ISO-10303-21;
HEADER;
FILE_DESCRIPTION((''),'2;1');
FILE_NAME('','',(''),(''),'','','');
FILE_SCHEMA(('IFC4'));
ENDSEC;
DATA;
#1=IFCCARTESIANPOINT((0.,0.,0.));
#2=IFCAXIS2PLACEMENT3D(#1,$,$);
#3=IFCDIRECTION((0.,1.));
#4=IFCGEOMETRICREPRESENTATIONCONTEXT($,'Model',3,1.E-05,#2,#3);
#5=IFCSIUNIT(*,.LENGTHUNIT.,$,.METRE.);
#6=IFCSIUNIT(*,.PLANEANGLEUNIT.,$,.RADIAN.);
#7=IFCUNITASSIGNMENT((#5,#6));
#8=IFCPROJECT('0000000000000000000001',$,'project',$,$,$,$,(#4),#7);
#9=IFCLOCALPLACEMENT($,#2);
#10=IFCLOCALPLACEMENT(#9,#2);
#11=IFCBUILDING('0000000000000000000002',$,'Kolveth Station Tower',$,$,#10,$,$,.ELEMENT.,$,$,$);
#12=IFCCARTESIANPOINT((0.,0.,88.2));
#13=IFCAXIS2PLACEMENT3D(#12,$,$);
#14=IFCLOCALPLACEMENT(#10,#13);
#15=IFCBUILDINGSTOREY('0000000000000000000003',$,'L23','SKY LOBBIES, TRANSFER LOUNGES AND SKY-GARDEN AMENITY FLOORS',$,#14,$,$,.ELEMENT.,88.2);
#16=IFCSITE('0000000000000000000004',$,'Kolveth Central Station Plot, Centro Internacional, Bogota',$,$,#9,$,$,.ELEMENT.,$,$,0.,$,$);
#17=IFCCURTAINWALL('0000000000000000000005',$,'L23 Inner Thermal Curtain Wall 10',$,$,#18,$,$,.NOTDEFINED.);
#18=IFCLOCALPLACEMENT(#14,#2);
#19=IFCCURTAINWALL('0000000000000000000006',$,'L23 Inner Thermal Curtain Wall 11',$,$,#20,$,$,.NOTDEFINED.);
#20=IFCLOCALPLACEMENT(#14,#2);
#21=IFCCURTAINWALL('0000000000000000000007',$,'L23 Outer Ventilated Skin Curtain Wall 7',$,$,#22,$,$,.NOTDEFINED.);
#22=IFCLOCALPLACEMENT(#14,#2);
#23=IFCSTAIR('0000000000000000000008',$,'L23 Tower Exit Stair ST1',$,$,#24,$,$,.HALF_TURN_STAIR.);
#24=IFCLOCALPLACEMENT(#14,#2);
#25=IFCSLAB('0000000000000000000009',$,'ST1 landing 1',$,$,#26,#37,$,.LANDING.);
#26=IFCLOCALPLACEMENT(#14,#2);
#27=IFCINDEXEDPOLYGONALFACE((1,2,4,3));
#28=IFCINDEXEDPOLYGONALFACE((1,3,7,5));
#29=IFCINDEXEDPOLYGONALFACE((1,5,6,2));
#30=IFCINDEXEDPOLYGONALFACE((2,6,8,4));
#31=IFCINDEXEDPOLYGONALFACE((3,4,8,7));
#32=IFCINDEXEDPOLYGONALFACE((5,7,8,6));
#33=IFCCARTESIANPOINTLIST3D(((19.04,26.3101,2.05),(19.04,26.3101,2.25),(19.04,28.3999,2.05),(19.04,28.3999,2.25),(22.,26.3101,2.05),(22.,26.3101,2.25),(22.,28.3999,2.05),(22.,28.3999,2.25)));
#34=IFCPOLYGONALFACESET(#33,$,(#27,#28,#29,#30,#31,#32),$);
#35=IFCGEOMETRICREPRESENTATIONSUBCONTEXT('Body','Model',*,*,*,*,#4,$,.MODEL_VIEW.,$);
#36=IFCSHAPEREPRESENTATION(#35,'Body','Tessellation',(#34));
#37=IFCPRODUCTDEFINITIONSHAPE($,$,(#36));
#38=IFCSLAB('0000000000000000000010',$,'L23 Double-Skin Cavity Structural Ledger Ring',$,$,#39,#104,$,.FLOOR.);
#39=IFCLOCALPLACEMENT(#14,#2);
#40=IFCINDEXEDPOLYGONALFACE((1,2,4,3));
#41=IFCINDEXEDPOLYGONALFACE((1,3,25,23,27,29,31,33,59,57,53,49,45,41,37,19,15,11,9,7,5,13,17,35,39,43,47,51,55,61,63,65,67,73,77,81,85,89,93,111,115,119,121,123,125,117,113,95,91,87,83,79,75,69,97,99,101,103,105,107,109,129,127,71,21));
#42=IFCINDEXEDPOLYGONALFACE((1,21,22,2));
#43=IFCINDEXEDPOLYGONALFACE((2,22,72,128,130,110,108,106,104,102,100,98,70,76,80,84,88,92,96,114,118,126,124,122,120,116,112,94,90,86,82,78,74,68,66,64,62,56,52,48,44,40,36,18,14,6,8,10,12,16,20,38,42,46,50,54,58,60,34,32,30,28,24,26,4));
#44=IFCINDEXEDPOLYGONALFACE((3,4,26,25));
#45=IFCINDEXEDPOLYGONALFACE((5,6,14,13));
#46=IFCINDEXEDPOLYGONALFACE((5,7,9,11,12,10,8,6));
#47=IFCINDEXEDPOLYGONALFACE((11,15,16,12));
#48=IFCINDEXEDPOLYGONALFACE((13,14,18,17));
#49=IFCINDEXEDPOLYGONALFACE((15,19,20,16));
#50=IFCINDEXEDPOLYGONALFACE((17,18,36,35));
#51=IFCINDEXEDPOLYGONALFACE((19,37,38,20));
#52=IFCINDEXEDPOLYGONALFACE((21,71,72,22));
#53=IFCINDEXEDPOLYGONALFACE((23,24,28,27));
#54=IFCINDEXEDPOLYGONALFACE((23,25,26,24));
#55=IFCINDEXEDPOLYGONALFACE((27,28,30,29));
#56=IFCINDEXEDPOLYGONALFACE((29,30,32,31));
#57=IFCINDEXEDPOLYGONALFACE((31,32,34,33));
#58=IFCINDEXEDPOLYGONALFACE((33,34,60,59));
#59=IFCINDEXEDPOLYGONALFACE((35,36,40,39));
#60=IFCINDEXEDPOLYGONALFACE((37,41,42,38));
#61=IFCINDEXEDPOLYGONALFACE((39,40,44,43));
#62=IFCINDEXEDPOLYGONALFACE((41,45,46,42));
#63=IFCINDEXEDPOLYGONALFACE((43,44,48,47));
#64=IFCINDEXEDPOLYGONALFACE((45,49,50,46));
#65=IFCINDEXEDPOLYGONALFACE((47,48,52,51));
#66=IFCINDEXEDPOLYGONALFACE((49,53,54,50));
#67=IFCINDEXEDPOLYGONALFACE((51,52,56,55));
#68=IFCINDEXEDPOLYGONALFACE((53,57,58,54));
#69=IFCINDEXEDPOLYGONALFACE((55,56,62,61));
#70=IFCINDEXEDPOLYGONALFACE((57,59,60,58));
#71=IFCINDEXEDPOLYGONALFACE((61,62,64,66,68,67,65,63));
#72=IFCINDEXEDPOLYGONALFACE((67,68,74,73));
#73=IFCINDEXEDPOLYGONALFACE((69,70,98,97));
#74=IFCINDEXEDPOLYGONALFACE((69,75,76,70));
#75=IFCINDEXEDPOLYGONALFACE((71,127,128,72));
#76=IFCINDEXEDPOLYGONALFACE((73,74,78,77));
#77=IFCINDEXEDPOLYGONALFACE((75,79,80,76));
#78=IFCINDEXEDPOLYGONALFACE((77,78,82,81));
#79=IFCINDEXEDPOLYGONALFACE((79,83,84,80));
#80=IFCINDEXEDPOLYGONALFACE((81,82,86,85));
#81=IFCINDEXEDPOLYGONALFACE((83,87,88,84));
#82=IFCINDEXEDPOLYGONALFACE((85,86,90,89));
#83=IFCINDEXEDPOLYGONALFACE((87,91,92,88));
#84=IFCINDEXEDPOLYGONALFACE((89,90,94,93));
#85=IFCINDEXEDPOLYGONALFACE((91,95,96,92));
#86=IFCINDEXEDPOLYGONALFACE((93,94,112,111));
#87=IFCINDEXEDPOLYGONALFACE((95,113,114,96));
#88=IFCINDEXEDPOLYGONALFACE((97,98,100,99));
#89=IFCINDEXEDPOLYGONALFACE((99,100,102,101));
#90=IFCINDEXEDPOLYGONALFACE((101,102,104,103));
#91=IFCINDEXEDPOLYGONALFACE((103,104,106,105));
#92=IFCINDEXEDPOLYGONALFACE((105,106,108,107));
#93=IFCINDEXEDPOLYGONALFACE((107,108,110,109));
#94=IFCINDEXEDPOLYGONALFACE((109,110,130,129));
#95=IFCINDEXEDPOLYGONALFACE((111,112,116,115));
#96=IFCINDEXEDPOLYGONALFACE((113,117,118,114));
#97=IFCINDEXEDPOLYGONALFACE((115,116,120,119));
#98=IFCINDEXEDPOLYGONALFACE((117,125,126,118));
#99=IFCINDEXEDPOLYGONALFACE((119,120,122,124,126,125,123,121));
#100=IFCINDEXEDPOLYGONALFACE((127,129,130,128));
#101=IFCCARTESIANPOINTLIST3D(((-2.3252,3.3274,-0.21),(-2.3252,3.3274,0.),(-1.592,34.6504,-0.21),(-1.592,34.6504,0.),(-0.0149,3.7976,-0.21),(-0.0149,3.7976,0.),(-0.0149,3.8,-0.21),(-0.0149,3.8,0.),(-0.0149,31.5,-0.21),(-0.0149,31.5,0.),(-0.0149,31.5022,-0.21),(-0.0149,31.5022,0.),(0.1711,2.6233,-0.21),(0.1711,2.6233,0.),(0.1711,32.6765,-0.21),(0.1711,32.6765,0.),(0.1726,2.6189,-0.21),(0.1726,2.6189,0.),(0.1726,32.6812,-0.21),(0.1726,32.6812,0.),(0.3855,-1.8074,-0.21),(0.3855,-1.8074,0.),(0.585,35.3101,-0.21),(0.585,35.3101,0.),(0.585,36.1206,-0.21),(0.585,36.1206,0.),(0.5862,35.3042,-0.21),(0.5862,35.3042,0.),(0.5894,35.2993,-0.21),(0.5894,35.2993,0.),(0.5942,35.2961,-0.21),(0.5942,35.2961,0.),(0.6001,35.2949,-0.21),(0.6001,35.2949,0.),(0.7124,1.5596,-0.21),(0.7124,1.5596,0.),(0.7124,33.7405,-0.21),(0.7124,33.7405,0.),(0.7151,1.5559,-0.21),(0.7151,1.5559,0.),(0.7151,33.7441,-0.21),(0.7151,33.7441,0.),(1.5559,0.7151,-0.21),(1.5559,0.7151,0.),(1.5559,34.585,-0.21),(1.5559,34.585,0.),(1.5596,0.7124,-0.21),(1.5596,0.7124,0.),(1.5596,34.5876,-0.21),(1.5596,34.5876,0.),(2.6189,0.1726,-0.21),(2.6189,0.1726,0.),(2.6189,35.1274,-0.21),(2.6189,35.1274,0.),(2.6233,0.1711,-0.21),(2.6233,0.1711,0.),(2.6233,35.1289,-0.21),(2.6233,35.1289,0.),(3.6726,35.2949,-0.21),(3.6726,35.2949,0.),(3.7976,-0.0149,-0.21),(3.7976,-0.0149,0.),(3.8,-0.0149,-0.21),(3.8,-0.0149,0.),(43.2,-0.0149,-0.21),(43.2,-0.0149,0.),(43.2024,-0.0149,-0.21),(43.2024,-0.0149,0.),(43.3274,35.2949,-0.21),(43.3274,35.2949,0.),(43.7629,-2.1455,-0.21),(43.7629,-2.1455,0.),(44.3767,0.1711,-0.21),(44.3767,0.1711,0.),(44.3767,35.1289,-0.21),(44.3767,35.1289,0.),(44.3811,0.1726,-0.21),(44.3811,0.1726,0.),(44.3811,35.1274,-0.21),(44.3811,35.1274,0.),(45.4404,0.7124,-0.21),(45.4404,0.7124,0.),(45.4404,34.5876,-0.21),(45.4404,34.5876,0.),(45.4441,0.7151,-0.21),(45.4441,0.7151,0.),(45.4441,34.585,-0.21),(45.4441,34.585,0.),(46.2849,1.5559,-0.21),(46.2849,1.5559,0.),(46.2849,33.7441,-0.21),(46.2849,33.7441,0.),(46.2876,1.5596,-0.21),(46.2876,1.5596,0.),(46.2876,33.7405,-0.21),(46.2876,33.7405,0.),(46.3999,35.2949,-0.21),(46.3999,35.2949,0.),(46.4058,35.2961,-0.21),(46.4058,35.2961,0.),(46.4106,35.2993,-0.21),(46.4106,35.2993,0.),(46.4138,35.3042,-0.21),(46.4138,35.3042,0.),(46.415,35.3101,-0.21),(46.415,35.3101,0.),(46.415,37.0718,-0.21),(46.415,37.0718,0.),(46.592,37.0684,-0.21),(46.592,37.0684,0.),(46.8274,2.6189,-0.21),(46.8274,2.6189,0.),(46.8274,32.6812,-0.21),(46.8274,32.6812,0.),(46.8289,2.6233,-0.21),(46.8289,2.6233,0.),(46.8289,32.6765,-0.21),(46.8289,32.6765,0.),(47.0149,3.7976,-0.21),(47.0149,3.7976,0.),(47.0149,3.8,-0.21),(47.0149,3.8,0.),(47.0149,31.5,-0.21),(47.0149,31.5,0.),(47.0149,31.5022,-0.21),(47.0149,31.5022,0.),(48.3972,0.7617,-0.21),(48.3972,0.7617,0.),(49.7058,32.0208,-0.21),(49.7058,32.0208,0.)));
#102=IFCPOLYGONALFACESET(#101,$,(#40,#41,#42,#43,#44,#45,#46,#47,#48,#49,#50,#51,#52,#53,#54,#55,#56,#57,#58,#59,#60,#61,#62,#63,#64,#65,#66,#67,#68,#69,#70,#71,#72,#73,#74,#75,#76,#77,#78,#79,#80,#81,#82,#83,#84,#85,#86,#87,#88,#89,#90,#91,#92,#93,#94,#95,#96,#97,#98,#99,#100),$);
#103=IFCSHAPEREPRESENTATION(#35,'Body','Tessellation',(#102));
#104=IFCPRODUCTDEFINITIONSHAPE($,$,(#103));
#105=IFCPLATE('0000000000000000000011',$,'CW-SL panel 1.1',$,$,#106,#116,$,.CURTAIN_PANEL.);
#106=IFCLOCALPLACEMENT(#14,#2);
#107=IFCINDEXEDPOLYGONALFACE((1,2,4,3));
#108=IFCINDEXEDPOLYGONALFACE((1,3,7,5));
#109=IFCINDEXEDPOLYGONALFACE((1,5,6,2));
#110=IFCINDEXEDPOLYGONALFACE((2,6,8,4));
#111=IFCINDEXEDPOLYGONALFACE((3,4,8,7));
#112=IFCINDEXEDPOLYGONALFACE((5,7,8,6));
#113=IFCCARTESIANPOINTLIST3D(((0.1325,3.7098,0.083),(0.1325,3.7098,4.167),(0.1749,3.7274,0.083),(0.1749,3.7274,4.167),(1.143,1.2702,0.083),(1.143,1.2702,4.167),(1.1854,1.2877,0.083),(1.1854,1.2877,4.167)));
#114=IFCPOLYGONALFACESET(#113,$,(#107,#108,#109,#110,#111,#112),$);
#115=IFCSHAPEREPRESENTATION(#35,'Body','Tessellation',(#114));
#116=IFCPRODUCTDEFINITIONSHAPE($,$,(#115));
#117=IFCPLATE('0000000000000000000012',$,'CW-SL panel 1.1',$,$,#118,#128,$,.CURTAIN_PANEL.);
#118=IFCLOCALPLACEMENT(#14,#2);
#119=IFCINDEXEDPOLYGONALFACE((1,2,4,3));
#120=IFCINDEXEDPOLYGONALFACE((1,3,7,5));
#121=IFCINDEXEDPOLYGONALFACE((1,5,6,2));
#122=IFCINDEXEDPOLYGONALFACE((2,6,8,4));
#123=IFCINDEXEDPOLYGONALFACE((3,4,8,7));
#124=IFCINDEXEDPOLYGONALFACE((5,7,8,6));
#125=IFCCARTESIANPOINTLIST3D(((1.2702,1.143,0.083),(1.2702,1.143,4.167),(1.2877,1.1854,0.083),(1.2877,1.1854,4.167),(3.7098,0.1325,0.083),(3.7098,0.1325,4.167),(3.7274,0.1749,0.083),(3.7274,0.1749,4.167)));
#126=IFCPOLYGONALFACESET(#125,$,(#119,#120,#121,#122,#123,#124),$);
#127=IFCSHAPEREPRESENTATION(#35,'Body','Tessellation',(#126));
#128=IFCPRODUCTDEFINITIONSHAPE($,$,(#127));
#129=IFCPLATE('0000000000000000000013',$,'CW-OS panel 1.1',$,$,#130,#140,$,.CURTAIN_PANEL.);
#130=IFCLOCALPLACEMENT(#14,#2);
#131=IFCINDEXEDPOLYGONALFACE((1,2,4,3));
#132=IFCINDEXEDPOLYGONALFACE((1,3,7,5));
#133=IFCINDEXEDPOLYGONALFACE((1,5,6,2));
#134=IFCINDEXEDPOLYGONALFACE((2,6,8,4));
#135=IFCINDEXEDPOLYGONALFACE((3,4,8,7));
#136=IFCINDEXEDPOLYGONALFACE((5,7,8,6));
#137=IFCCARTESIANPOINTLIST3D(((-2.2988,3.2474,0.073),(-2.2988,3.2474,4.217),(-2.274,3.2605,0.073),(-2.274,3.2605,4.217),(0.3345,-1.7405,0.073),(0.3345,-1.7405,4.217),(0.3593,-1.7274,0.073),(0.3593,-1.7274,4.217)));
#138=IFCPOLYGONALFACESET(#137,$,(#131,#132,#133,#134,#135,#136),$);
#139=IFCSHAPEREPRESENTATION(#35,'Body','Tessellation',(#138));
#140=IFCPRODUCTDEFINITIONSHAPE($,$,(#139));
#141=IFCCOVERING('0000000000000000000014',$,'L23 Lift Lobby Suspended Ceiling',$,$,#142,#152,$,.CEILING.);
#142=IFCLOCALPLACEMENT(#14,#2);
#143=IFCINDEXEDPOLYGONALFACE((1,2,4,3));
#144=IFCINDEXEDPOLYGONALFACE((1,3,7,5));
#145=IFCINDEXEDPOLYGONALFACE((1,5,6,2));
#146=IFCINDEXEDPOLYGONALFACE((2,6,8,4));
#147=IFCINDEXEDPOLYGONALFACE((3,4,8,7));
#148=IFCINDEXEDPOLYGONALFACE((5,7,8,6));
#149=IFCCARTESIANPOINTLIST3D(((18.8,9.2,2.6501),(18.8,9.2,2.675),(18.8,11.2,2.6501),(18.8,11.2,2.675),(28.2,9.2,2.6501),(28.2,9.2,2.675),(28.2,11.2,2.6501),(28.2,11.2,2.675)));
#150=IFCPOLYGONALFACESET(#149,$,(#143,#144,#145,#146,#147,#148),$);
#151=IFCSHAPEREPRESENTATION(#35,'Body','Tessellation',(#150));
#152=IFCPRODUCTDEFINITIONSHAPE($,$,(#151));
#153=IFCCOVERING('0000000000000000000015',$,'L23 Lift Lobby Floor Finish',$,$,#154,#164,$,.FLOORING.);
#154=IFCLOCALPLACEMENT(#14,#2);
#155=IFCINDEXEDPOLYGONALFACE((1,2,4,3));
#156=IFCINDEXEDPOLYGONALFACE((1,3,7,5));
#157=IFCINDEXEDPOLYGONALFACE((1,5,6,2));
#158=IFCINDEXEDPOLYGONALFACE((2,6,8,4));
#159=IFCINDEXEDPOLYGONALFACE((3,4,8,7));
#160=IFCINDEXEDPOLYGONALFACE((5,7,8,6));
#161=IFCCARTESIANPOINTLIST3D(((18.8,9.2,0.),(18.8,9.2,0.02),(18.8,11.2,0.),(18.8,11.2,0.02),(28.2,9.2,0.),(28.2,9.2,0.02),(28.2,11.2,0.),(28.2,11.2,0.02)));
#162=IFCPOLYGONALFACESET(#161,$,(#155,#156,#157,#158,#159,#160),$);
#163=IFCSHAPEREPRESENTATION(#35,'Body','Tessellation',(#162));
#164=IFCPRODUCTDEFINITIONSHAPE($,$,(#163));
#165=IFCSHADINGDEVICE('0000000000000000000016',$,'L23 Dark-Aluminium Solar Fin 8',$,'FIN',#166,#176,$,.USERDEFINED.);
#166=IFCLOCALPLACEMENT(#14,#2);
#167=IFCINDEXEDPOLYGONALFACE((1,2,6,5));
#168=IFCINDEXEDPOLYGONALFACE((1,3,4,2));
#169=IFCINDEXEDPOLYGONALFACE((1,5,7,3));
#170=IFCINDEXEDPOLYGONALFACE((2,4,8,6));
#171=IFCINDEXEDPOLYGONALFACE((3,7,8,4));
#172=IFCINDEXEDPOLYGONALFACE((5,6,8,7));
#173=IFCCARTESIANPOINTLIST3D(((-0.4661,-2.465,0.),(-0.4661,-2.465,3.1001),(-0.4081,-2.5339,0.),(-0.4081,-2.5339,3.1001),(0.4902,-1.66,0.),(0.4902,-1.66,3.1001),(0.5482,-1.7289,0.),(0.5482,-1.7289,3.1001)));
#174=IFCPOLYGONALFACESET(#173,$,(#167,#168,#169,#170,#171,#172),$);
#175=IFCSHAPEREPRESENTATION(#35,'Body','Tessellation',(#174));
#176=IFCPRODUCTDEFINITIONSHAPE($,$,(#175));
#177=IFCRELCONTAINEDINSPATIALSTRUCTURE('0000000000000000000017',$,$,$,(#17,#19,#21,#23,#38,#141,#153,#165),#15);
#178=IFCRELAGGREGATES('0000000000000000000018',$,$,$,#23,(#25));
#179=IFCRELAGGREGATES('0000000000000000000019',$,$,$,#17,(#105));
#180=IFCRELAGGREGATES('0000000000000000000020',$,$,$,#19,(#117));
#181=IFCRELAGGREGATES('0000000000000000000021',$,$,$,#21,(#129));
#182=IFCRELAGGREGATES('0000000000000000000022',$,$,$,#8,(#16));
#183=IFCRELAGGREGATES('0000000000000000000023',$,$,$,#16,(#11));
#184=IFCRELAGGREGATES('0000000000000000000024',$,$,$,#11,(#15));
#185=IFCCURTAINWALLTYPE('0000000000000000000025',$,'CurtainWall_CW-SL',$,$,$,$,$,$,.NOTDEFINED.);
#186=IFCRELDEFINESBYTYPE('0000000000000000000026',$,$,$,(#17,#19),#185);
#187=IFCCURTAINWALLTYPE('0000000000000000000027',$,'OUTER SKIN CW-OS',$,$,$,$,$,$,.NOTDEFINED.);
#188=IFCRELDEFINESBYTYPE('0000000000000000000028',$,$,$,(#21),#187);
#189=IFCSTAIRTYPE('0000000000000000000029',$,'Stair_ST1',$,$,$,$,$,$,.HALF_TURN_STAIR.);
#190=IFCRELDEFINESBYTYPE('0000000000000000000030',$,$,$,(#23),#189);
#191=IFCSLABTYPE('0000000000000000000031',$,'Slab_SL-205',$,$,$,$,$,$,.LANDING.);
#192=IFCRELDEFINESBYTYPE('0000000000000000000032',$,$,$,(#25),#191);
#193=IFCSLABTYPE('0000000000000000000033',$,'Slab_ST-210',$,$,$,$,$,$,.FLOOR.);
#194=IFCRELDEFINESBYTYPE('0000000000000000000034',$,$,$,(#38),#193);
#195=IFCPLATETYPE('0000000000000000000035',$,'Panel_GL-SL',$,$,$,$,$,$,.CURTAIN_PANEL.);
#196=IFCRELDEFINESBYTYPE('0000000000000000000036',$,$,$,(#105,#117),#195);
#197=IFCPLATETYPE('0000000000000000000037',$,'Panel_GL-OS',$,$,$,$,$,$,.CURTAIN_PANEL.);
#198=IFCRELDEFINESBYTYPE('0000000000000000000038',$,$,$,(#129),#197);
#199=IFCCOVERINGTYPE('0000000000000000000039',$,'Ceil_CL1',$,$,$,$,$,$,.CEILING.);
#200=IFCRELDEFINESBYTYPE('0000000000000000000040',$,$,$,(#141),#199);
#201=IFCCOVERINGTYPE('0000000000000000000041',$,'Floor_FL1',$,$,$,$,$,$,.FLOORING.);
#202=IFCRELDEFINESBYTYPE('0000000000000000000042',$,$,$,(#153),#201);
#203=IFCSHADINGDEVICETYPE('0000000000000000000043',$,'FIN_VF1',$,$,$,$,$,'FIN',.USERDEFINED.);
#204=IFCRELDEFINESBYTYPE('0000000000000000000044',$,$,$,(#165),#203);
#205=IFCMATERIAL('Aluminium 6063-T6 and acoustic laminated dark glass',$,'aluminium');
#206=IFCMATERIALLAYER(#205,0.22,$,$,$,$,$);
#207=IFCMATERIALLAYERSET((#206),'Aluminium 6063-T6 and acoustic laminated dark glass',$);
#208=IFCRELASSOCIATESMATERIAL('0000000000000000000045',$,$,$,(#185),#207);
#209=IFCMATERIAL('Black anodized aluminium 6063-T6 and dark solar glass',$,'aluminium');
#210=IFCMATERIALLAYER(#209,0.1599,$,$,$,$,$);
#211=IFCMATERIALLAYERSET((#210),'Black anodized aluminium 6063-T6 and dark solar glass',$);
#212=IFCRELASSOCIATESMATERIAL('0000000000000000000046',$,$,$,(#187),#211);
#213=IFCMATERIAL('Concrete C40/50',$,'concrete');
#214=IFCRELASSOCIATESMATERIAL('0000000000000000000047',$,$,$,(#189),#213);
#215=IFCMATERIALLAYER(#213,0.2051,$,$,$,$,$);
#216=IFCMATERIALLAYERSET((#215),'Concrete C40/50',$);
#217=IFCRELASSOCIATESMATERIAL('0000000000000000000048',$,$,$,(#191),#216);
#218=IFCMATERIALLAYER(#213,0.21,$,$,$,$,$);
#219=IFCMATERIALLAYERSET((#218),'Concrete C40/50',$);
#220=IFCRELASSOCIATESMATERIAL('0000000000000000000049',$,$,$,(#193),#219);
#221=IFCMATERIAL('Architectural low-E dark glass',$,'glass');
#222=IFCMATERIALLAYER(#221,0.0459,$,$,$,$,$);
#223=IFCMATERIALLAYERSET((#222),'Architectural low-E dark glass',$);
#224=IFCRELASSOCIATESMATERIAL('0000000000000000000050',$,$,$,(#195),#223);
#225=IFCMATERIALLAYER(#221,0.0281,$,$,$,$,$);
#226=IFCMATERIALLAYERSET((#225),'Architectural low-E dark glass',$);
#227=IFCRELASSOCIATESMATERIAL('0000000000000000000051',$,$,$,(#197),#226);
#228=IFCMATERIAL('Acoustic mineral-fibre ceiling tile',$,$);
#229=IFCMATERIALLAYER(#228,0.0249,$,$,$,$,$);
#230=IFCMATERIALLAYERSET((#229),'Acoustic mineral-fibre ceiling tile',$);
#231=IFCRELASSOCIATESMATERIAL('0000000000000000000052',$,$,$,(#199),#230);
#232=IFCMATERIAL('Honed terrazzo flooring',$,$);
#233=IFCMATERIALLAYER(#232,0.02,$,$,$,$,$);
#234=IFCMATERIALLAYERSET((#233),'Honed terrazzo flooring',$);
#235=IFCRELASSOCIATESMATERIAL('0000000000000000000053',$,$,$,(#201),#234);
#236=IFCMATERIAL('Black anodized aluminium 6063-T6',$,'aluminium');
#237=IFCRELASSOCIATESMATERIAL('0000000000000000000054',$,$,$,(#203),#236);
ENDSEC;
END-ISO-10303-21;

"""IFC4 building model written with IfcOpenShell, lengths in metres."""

from ifc_helpers import new_model, si_unit, direction, frame, origin, origin_2d, place, context, subcontext, project, spatial, polyline, rectangle, outline, extrude, source, transform, mapped, material, layer, layer_set, type_object, element, aggregate, save


model = new_model("IFC4")

# Units and contexts
model_context = context("Model", 3, precision=1e-05, world=origin(), true_north=direction((0.0, 1.0)))
body_context = subcontext(model_context, "Body", "Model", "MODEL_VIEW")
ifc_project = project(units=[si_unit("LENGTHUNIT", "METRE"), si_unit("PLANEANGLEUNIT", "RADIAN")], contexts=[model_context])

# Site, building, storey
site_placement = place(None, origin())
site = spatial("IfcSite", under=ifc_project, at=site_placement, Name="Kolveth Central Station Plot, Centro Internacional, Bogota", CompositionType="ELEMENT", RefElevation=0.0)
building_placement = place(site_placement, origin())
building = spatial("IfcBuilding", under=site, at=building_placement, Name="Kolveth Station Tower", CompositionType="ELEMENT")
storey_placement = place(building_placement, frame((0.0, 0.0, 88.2)))
storey = spatial("IfcBuildingStorey", under=building, at=storey_placement, Name="L23", Description="SKY LOBBIES, TRANSFER LOUNGES AND SKY-GARDEN AMENITY FLOORS", CompositionType="ELEMENT", Elevation=88.2)

# Curtain wall
ifc_material_1 = material(Name="Aluminium 6063-T6 and acoustic laminated dark glass", Category="aluminium")
ifc_layer_1 = layer(ifc_material_1, 0.22)
ifc_layer_set_1 = layer_set([ifc_layer_1], Name="Aluminium 6063-T6 and acoustic laminated dark glass")
curtain_wall_type_1 = type_object("IfcCurtainWallType", Name="CurtainWall_CW-SL", PredefinedType="NOTDEFINED", material=ifc_layer_set_1)
curtain_wall_1_placement = place(storey_placement, origin())
curtain_wall_1 = element("IfcCurtainWall", 1, at=curtain_wall_1_placement, inside=storey, type_object=curtain_wall_type_1, Name="L23 Inner Thermal Curtain Wall 10", PredefinedType="NOTDEFINED")
ifc_material_2 = material(Name="Black anodized aluminium 6063-T6", Category="aluminium")

# Curtain wall
curtain_wall_2_placement = place(storey_placement, origin())
curtain_wall_2 = element("IfcCurtainWall", 2, at=curtain_wall_2_placement, inside=storey, type_object=curtain_wall_type_1, Name="L23 Inner Thermal Curtain Wall 11", PredefinedType="NOTDEFINED")

# Curtain wall
ifc_material_3 = material(Name="Black anodized aluminium 6063-T6 and dark solar glass", Category="aluminium")
ifc_layer_2 = layer(ifc_material_3, 0.1599)
ifc_layer_set_2 = layer_set([ifc_layer_2], Name="Black anodized aluminium 6063-T6 and dark solar glass")
curtain_wall_type_2 = type_object("IfcCurtainWallType", Name="OUTER SKIN CW-OS", PredefinedType="NOTDEFINED", material=ifc_layer_set_2)
curtain_wall_3_placement = place(storey_placement, origin())
curtain_wall_3 = element("IfcCurtainWall", 3, at=curtain_wall_3_placement, inside=storey, type_object=curtain_wall_type_2, Name="L23 Outer Ventilated Skin Curtain Wall 7", PredefinedType="NOTDEFINED")

# Stair, slab
ifc_material_4 = material(Name="Concrete C40/50", Category="concrete")
stair_type_1 = type_object("IfcStairType", Name="Stair_ST1", PredefinedType="HALF_TURN_STAIR", material=ifc_material_4)
stair_1_placement = place(storey_placement, origin())
stair_1 = element("IfcStair", 4, at=stair_1_placement, inside=storey, type_object=stair_type_1, Name="L23 Tower Exit Stair ST1", PredefinedType="HALF_TURN_STAIR")
ifc_layer_3 = layer(ifc_material_4, 0.2051)
ifc_layer_set_3 = layer_set([ifc_layer_3], Name="Concrete C40/50")
slab_type_1 = type_object("IfcSlabType", Name="Slab_SL-205", PredefinedType="LANDING", material=ifc_layer_set_3)
slab_1_placement = place(storey_placement, frame((0.0, 0.0, 2.05)))
slab_1 = element("IfcSlab", 5, at=slab_1_placement, type_object=slab_type_1, Name="ST1 landing 1", PredefinedType="LANDING", context=body_context, shape_type="SweptSolid", body=[
    extrude(outline(polyline([(22.0, 26.3101), (22.0, 28.3999), (19.04, 28.3999), (19.04, 26.3101), (22.0, 26.3101)])), origin(), (0.0, 0.0, 1.0), 0.2),
])
aggregate(stair_1, [slab_1])

# Slab
ifc_layer_4 = layer(ifc_material_4, 0.21)
ifc_layer_set_4 = layer_set([ifc_layer_4], Name="Concrete C40/50")
slab_type_2 = type_object("IfcSlabType", Name="Slab_ST-210", PredefinedType="FLOOR", material=ifc_layer_set_4)
slab_2_placement = place(storey_placement, frame((0.0, 0.0, -0.21)))
element("IfcSlab", 6, at=slab_2_placement, inside=storey, type_object=slab_type_2, Name="L23 Double-Skin Cavity Structural Ledger Ring", PredefinedType="FLOOR", context=body_context, shape_type="SweptSolid", body=[
    extrude(outline(polyline([(46.592, 37.0684), (49.7058, 32.0208), (48.3972, 0.7617), (43.7629, -2.1455), (0.3855, -1.8074), (-2.3252, 3.3274), (-1.592, 34.6504), (0.585, 36.1206), (0.585, 35.3101), (0.5862, 35.3042), (0.5894, 35.2993), (0.5942, 35.2961), (0.6001, 35.2949), (3.6726, 35.2949), (2.6233, 35.1289), (2.6189, 35.1274), (1.5596, 34.5876), (1.5559, 34.585), (0.7151, 33.7441), (0.7124, 33.7405), (0.1726, 32.6812), (0.1711, 32.6765), (-0.0149, 31.5022), (-0.0149, 31.5), (-0.0149, 3.8), (-0.0149, 3.7976), (0.1711, 2.6233), (0.1726, 2.6189), (0.7124, 1.5596), (0.7151, 1.5559), (1.5559, 0.7151), (1.5596, 0.7124), (2.6189, 0.1726), (2.6233, 0.1711), (3.7976, -0.0149), (3.8, -0.0149), (43.2, -0.0149), (43.2024, -0.0149), (44.3767, 0.1711), (44.3811, 0.1726), (45.4404, 0.7124), (45.4441, 0.7151), (46.2849, 1.5559), (46.2876, 1.5596), (46.8274, 2.6189), (46.8289, 2.6233), (47.0149, 3.7976), (47.0149, 3.8), (47.0149, 31.5), (47.0149, 31.5022), (46.8289, 32.6765), (46.8274, 32.6812), (46.2876, 33.7405), (46.2849, 33.7441), (45.4441, 34.585), (45.4404, 34.5876), (44.3811, 35.1274), (44.3767, 35.1289), (43.3274, 35.2949), (46.3999, 35.2949), (46.4058, 35.2961), (46.4106, 35.2993), (46.4138, 35.3042), (46.415, 35.3101), (46.415, 37.0718), (46.592, 37.0684)])), origin(), (0.0, 0.0, 1.0), 0.21),
])

# Plates
ifc_material_5 = material(Name="Architectural low-E dark glass", Category="glass")
ifc_layer_5 = layer(ifc_material_5, 0.0459)
ifc_layer_set_5 = layer_set([ifc_layer_5], Name="Architectural low-E dark glass")
plate_type_1 = type_object("IfcPlateType", Name="Panel_GL-SL", PredefinedType="CURTAIN_PANEL", material=ifc_layer_set_5)
shared_shape_1 = source(origin(), body_context, "Body", "SweptSolid", [
    extrude(rectangle(XDim=2.6406, YDim=0.0459, at=origin_2d()), origin(), (0.0, 0.0, 1.0), 4.084),
])
plate_1_placement = place(storey_placement, frame((0.6589, 2.4988, 0.083), z_axis=(0.0, 0.0, 1.0), x_axis=(0.382663, -0.923888, 0.0)))
plate_1 = element("IfcPlate", 7, at=plate_1_placement, type_object=plate_type_1, Name="CW-SL panel 1.1", PredefinedType="CURTAIN_PANEL", context=body_context, shape_type="MappedRepresentation", body=[
    mapped(shared_shape_1, transform((0.0, 0.0, 0.0), x_axis=(1.0, 0.0, 0.0), y_axis=(0.0, 1.0, 0.0), z_axis=(0.0, 0.0, 1.0), scale=1.0)),
])
aggregate(curtain_wall_1, [plate_1])
plate_2_placement = place(storey_placement, frame((2.4988, 0.6589, 0.083), z_axis=(0.0, 0.0, 1.0), x_axis=(0.923888, -0.382663, 0.0)))
plate_2 = element("IfcPlate", 8, at=plate_2_placement, type_object=plate_type_1, Name="CW-SL panel 1.1", PredefinedType="CURTAIN_PANEL", context=body_context, shape_type="MappedRepresentation", body=[
    mapped(shared_shape_1, transform((0.0, 0.0, 0.0), x_axis=(1.0, 0.0, 0.0), y_axis=(0.0, 1.0, 0.0), z_axis=(0.0, 0.0, 1.0), scale=1.0)),
])
aggregate(curtain_wall_2, [plate_2])
ifc_layer_6 = layer(ifc_material_5, 0.0281)
ifc_layer_set_6 = layer_set([ifc_layer_6], Name="Architectural low-E dark glass")
plate_type_2 = type_object("IfcPlateType", Name="Panel_GL-OS", PredefinedType="CURTAIN_PANEL", material=ifc_layer_set_6)
shared_shape_2 = source(origin(), body_context, "Body", "SweptSolid", [
    extrude(rectangle(XDim=5.6404, YDim=0.0281, at=origin_2d()), origin(), (0.0, 0.0, 1.0), 4.144),
])
plate_3_placement = place(storey_placement, frame((-0.9697, 0.76, 0.073), z_axis=(0.0, 0.0, 1.0), x_axis=(0.466862, -0.88433, 0.0)))
plate_3 = element("IfcPlate", 9, at=plate_3_placement, type_object=plate_type_2, Name="CW-OS panel 1.1", PredefinedType="CURTAIN_PANEL", context=body_context, shape_type="MappedRepresentation", body=[
    mapped(shared_shape_2, transform((0.0, 0.0, 0.0), x_axis=(1.0, 0.0, 0.0), y_axis=(0.0, 1.0, 0.0), z_axis=(0.0, 0.0, 1.0), scale=1.0)),
])
aggregate(curtain_wall_3, [plate_3])

# Coverings
ifc_material_6 = material(Name="Acoustic mineral-fibre ceiling tile")
ifc_layer_7 = layer(ifc_material_6, 0.0249)
ifc_layer_set_7 = layer_set([ifc_layer_7], Name="Acoustic mineral-fibre ceiling tile")
covering_type_1 = type_object("IfcCoveringType", Name="Ceil_CL1", PredefinedType="CEILING", material=ifc_layer_set_7)
covering_1_placement = place(storey_placement, frame((0.0, 0.0, 2.6501)))
element("IfcCovering", 10, at=covering_1_placement, inside=storey, type_object=covering_type_1, Name="L23 Lift Lobby Suspended Ceiling", PredefinedType="CEILING", context=body_context, shape_type="SweptSolid", body=[
    extrude(outline(polyline([(18.8, 9.2), (28.2, 9.2), (28.2, 11.2), (18.8, 11.2), (18.8, 9.2)])), origin(), (0.0, 0.0, 1.0), 0.0249),
])
ifc_material_7 = material(Name="Honed terrazzo flooring")
ifc_layer_8 = layer(ifc_material_7, 0.02)
ifc_layer_set_8 = layer_set([ifc_layer_8], Name="Honed terrazzo flooring")
covering_type_2 = type_object("IfcCoveringType", Name="Floor_FL1", PredefinedType="FLOORING", material=ifc_layer_set_8)
covering_2_placement = place(storey_placement, origin())
element("IfcCovering", 11, at=covering_2_placement, inside=storey, type_object=covering_type_2, Name="L23 Lift Lobby Floor Finish", PredefinedType="FLOORING", context=body_context, shape_type="SweptSolid", body=[
    extrude(outline(polyline([(18.8, 9.2), (28.2, 9.2), (28.2, 11.2), (18.8, 11.2), (18.8, 9.2)])), origin(), (0.0, 0.0, 1.0), 0.02),
])

# Shading device
shading_device_type = type_object("IfcShadingDeviceType", Name="FIN_VF1", ElementType="FIN", PredefinedType="USERDEFINED", material=ifc_material_2)
shared_shape_3 = source(origin(), body_context, "Body", "SweptSolid", [
    extrude(rectangle(XDim=1.25, YDim=0.0901, at=origin_2d()), origin(), (0.0, 0.0, 1.0), 3.1001),
])
shading_device_placement = place(storey_placement, frame((0.041, -2.0969, 0.0), z_axis=(0.0, 0.0, 1.0), x_axis=(-0.765034, -0.64399, 0.0)))
element("IfcShadingDevice", 12, at=shading_device_placement, inside=storey, type_object=shading_device_type, Name="L23 Dark-Aluminium Solar Fin 8", ObjectType="FIN", PredefinedType="USERDEFINED", context=body_context, shape_type="MappedRepresentation", body=[
    mapped(shared_shape_3, transform((0.0, 0.0, 0.0), x_axis=(1.0, 0.0, 0.0), y_axis=(0.0, 1.0, 0.0), z_axis=(0.0, 0.0, 1.0), scale=1.0)),
])

save(model, "model.ifc")
